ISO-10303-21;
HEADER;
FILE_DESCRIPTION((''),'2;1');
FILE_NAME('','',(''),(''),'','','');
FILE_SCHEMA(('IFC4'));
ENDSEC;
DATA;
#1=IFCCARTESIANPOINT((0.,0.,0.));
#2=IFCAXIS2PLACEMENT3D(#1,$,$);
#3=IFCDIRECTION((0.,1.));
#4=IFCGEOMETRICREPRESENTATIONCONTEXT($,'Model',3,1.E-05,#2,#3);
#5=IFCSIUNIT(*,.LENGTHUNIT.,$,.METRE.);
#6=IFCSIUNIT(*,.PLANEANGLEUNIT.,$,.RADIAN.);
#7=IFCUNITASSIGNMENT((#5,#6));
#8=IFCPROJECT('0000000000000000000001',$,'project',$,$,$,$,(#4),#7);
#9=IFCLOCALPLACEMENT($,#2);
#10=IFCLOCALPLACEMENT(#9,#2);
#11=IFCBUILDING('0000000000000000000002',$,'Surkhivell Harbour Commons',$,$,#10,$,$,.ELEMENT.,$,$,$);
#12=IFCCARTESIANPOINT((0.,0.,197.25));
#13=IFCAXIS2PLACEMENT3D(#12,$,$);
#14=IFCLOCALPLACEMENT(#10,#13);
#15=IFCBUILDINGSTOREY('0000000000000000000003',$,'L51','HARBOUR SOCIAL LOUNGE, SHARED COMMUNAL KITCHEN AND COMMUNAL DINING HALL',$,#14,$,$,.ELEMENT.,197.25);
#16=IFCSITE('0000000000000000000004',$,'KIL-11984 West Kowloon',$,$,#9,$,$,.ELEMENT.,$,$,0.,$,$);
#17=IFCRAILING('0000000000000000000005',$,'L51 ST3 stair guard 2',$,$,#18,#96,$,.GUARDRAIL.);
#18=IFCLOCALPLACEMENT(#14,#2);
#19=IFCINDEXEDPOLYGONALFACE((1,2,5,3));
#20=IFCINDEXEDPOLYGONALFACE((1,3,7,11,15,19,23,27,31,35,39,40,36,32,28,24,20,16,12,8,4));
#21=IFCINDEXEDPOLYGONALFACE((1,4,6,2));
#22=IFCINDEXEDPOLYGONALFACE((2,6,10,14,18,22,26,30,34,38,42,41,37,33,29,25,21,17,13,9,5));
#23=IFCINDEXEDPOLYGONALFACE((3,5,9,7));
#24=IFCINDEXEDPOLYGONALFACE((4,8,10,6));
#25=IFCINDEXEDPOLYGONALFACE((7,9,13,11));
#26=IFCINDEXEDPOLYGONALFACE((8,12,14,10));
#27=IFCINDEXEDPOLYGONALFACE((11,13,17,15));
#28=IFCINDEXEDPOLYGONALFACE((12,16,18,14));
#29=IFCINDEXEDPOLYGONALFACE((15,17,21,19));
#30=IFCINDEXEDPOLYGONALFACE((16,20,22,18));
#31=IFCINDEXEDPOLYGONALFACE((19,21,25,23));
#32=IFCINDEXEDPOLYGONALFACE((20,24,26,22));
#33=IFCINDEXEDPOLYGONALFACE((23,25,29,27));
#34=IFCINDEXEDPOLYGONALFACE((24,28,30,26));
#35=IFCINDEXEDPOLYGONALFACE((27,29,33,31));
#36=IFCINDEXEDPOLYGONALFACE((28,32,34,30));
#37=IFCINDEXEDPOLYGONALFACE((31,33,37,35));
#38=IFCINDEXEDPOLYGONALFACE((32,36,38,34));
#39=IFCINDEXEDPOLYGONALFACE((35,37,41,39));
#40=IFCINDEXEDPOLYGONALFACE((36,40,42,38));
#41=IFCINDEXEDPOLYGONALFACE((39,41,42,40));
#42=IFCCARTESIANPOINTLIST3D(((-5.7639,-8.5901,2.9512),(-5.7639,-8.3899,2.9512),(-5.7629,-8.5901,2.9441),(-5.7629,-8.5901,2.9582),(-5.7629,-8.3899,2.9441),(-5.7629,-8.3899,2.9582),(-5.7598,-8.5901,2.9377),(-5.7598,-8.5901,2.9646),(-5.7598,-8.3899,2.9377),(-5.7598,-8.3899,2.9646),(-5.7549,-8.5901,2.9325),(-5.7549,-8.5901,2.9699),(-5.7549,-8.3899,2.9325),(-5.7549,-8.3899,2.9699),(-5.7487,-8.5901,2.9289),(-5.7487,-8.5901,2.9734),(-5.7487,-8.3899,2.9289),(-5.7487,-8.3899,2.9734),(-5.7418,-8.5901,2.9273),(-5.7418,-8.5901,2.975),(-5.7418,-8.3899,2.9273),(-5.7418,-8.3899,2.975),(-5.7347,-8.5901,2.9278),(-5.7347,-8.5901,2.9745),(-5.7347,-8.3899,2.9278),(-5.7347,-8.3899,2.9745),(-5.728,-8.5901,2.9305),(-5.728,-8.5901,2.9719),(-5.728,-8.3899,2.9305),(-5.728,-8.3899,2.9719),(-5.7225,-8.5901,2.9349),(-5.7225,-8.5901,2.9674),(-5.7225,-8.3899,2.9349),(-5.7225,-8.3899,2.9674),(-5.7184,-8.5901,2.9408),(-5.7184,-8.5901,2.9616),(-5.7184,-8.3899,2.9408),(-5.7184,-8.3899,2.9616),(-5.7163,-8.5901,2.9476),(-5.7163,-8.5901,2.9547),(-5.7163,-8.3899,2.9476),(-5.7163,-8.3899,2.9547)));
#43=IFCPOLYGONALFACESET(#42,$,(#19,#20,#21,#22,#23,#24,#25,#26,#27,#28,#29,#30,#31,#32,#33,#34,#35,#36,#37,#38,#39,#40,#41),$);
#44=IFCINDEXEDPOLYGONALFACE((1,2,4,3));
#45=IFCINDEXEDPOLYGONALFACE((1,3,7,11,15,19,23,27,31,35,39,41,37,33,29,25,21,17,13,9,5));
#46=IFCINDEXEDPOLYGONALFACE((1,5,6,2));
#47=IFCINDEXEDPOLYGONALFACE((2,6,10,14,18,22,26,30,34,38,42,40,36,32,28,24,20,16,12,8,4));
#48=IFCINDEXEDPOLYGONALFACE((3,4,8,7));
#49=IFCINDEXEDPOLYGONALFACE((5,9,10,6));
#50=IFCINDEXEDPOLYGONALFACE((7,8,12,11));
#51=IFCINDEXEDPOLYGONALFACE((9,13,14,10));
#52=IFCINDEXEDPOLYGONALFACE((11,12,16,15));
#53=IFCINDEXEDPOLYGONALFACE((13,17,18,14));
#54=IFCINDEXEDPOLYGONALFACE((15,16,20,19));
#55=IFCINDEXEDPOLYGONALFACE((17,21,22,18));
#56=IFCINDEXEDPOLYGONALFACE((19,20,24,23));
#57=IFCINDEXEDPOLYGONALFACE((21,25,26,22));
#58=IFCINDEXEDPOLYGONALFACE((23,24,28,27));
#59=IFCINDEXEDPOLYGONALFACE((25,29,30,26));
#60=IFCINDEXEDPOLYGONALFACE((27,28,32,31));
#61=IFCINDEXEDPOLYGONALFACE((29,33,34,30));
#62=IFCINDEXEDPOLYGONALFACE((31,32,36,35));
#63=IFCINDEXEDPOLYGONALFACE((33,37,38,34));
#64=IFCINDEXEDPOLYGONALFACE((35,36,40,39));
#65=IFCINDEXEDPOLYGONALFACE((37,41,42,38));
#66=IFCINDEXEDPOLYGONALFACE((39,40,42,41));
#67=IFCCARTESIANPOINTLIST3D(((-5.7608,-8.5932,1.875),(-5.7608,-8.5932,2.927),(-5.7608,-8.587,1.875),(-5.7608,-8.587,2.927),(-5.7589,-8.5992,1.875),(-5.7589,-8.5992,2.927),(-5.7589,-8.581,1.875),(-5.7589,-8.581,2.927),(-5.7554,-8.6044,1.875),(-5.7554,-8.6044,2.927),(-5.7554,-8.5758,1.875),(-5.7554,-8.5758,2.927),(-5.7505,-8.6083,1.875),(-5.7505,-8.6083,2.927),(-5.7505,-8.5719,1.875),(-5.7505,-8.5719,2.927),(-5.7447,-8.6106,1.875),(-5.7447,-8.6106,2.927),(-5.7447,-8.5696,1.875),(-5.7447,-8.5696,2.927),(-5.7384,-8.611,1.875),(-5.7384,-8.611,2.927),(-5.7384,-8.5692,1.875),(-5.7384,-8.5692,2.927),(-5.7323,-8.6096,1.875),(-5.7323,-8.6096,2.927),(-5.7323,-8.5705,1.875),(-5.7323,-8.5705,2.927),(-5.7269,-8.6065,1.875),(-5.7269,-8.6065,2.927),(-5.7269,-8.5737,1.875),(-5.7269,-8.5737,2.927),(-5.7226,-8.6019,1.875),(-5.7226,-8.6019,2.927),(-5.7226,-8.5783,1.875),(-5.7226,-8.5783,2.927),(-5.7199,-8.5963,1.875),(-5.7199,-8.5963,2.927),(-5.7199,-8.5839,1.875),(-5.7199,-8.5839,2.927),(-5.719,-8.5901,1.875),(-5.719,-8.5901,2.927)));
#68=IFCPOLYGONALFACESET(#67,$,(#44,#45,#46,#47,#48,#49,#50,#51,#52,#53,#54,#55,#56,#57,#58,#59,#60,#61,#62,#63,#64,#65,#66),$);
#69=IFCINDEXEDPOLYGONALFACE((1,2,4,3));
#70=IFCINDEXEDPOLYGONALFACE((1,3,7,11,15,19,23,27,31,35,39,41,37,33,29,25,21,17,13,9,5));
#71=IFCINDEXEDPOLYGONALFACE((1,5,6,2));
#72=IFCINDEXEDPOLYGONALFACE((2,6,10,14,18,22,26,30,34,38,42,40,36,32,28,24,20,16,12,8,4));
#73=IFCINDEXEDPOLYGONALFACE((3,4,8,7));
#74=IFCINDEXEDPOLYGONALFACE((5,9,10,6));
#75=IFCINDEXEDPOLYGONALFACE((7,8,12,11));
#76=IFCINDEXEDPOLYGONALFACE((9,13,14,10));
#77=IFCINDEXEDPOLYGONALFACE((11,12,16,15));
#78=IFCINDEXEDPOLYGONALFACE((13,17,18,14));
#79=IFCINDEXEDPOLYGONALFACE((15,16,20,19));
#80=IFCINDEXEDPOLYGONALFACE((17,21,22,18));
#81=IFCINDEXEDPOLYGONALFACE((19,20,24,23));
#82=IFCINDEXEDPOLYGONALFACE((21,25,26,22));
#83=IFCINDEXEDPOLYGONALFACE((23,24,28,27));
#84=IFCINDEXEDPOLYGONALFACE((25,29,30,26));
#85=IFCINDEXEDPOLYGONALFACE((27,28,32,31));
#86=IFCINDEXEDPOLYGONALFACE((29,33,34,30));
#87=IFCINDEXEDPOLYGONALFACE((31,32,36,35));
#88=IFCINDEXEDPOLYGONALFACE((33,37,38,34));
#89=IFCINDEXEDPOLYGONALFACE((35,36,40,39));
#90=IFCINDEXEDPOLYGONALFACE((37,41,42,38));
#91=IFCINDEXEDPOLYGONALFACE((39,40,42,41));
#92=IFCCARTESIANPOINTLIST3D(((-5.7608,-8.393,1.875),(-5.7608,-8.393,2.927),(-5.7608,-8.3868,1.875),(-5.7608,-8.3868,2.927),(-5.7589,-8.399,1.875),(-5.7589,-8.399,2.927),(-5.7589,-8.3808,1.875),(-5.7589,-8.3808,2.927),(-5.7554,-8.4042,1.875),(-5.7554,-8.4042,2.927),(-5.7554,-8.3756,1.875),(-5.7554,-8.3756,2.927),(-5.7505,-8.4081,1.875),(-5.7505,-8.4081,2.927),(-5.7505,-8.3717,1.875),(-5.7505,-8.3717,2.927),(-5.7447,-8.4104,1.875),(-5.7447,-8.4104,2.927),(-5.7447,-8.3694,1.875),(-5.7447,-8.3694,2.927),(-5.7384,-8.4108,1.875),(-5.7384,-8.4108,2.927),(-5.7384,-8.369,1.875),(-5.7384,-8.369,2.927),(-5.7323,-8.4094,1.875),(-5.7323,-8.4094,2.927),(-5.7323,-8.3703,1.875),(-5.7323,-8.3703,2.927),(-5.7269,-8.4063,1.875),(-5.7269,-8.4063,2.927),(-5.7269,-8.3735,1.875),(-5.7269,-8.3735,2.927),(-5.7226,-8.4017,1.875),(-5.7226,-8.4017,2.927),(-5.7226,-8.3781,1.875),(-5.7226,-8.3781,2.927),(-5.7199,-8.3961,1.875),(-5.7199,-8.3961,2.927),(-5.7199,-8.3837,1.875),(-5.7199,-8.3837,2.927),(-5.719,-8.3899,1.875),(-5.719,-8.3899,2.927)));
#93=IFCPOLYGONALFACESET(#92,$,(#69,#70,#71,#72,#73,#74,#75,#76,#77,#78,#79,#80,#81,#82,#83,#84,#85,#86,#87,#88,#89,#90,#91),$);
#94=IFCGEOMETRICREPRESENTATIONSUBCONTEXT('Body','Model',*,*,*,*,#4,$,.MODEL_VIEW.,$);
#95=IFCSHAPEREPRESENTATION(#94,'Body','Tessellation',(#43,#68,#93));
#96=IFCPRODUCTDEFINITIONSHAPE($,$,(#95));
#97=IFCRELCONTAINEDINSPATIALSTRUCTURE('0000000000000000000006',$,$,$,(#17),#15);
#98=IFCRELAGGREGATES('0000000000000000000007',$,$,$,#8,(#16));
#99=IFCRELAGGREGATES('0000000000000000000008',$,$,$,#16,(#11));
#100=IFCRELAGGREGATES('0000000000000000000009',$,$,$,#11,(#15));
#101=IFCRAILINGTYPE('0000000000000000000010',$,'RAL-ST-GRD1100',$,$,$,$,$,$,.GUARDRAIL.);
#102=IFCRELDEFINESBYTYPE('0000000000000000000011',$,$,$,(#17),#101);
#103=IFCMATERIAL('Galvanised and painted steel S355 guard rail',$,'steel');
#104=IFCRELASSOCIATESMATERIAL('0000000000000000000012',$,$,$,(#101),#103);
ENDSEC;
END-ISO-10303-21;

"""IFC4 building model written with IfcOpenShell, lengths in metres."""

from ifc_helpers import new_model, si_unit, direction, frame, origin, origin_2d, place, context, subcontext, project, spatial, circle, extrude, material, type_object, element, save


model = new_model("IFC4")

# Units and contexts
model_context = context("Model", 3, precision=1e-05, world=origin(), true_north=direction((0.0, 1.0)))
body_context = subcontext(model_context, "Body", "Model", "MODEL_VIEW")
ifc_project = project(units=[si_unit("LENGTHUNIT", "METRE"), si_unit("PLANEANGLEUNIT", "RADIAN")], contexts=[model_context])

# Site, building, storey
site_placement = place(None, origin())
site = spatial("IfcSite", under=ifc_project, at=site_placement, Name="KIL-11984 West Kowloon", CompositionType="ELEMENT", RefElevation=0.0)
building_placement = place(site_placement, origin())
building = spatial("IfcBuilding", under=site, at=building_placement, Name="Surkhivell Harbour Commons", CompositionType="ELEMENT")
storey_placement = place(building_placement, frame((0.0, 0.0, 197.25)))
storey = spatial("IfcBuildingStorey", under=building, at=storey_placement, Name="L51", Description="HARBOUR SOCIAL LOUNGE, SHARED COMMUNAL KITCHEN AND COMMUNAL DINING HALL", CompositionType="ELEMENT", Elevation=197.25)

# Railing
ifc_material_1 = material(Name="Galvanised and painted steel S355 guard rail", Category="steel")
railing_type_1 = type_object("IfcRailingType", Name="RAL-ST-GRD1100", PredefinedType="GUARDRAIL", material=ifc_material_1)
railing_1_placement = place(storey_placement, frame((-5.74, -8.5901, 1.875)))
element("IfcRailing", 1, at=railing_1_placement, inside=storey, type_object=railing_type_1, Name="L51 ST3 stair guard 2", PredefinedType="GUARDRAIL", context=body_context, shape_type="SweptSolid", body=[
    extrude(circle(Radius=0.0239, at=origin_2d()), frame((0.0, 0.0, 1.0762), z_axis=(0.0, 1.0, 0.0), x_axis=(-1.0, 0.0, 0.0)), (0.0, 0.0, 1.0), 0.2002),
    extrude(circle(Radius=0.021, at=origin_2d()), origin(), (0.0, 0.0, 1.0), 1.052),
    extrude(circle(Radius=0.021, at=origin_2d()), frame((0.0, 0.2002, 0.0)), (0.0, 0.0, 1.0), 1.052),
])

save(model, "model.ifc")
